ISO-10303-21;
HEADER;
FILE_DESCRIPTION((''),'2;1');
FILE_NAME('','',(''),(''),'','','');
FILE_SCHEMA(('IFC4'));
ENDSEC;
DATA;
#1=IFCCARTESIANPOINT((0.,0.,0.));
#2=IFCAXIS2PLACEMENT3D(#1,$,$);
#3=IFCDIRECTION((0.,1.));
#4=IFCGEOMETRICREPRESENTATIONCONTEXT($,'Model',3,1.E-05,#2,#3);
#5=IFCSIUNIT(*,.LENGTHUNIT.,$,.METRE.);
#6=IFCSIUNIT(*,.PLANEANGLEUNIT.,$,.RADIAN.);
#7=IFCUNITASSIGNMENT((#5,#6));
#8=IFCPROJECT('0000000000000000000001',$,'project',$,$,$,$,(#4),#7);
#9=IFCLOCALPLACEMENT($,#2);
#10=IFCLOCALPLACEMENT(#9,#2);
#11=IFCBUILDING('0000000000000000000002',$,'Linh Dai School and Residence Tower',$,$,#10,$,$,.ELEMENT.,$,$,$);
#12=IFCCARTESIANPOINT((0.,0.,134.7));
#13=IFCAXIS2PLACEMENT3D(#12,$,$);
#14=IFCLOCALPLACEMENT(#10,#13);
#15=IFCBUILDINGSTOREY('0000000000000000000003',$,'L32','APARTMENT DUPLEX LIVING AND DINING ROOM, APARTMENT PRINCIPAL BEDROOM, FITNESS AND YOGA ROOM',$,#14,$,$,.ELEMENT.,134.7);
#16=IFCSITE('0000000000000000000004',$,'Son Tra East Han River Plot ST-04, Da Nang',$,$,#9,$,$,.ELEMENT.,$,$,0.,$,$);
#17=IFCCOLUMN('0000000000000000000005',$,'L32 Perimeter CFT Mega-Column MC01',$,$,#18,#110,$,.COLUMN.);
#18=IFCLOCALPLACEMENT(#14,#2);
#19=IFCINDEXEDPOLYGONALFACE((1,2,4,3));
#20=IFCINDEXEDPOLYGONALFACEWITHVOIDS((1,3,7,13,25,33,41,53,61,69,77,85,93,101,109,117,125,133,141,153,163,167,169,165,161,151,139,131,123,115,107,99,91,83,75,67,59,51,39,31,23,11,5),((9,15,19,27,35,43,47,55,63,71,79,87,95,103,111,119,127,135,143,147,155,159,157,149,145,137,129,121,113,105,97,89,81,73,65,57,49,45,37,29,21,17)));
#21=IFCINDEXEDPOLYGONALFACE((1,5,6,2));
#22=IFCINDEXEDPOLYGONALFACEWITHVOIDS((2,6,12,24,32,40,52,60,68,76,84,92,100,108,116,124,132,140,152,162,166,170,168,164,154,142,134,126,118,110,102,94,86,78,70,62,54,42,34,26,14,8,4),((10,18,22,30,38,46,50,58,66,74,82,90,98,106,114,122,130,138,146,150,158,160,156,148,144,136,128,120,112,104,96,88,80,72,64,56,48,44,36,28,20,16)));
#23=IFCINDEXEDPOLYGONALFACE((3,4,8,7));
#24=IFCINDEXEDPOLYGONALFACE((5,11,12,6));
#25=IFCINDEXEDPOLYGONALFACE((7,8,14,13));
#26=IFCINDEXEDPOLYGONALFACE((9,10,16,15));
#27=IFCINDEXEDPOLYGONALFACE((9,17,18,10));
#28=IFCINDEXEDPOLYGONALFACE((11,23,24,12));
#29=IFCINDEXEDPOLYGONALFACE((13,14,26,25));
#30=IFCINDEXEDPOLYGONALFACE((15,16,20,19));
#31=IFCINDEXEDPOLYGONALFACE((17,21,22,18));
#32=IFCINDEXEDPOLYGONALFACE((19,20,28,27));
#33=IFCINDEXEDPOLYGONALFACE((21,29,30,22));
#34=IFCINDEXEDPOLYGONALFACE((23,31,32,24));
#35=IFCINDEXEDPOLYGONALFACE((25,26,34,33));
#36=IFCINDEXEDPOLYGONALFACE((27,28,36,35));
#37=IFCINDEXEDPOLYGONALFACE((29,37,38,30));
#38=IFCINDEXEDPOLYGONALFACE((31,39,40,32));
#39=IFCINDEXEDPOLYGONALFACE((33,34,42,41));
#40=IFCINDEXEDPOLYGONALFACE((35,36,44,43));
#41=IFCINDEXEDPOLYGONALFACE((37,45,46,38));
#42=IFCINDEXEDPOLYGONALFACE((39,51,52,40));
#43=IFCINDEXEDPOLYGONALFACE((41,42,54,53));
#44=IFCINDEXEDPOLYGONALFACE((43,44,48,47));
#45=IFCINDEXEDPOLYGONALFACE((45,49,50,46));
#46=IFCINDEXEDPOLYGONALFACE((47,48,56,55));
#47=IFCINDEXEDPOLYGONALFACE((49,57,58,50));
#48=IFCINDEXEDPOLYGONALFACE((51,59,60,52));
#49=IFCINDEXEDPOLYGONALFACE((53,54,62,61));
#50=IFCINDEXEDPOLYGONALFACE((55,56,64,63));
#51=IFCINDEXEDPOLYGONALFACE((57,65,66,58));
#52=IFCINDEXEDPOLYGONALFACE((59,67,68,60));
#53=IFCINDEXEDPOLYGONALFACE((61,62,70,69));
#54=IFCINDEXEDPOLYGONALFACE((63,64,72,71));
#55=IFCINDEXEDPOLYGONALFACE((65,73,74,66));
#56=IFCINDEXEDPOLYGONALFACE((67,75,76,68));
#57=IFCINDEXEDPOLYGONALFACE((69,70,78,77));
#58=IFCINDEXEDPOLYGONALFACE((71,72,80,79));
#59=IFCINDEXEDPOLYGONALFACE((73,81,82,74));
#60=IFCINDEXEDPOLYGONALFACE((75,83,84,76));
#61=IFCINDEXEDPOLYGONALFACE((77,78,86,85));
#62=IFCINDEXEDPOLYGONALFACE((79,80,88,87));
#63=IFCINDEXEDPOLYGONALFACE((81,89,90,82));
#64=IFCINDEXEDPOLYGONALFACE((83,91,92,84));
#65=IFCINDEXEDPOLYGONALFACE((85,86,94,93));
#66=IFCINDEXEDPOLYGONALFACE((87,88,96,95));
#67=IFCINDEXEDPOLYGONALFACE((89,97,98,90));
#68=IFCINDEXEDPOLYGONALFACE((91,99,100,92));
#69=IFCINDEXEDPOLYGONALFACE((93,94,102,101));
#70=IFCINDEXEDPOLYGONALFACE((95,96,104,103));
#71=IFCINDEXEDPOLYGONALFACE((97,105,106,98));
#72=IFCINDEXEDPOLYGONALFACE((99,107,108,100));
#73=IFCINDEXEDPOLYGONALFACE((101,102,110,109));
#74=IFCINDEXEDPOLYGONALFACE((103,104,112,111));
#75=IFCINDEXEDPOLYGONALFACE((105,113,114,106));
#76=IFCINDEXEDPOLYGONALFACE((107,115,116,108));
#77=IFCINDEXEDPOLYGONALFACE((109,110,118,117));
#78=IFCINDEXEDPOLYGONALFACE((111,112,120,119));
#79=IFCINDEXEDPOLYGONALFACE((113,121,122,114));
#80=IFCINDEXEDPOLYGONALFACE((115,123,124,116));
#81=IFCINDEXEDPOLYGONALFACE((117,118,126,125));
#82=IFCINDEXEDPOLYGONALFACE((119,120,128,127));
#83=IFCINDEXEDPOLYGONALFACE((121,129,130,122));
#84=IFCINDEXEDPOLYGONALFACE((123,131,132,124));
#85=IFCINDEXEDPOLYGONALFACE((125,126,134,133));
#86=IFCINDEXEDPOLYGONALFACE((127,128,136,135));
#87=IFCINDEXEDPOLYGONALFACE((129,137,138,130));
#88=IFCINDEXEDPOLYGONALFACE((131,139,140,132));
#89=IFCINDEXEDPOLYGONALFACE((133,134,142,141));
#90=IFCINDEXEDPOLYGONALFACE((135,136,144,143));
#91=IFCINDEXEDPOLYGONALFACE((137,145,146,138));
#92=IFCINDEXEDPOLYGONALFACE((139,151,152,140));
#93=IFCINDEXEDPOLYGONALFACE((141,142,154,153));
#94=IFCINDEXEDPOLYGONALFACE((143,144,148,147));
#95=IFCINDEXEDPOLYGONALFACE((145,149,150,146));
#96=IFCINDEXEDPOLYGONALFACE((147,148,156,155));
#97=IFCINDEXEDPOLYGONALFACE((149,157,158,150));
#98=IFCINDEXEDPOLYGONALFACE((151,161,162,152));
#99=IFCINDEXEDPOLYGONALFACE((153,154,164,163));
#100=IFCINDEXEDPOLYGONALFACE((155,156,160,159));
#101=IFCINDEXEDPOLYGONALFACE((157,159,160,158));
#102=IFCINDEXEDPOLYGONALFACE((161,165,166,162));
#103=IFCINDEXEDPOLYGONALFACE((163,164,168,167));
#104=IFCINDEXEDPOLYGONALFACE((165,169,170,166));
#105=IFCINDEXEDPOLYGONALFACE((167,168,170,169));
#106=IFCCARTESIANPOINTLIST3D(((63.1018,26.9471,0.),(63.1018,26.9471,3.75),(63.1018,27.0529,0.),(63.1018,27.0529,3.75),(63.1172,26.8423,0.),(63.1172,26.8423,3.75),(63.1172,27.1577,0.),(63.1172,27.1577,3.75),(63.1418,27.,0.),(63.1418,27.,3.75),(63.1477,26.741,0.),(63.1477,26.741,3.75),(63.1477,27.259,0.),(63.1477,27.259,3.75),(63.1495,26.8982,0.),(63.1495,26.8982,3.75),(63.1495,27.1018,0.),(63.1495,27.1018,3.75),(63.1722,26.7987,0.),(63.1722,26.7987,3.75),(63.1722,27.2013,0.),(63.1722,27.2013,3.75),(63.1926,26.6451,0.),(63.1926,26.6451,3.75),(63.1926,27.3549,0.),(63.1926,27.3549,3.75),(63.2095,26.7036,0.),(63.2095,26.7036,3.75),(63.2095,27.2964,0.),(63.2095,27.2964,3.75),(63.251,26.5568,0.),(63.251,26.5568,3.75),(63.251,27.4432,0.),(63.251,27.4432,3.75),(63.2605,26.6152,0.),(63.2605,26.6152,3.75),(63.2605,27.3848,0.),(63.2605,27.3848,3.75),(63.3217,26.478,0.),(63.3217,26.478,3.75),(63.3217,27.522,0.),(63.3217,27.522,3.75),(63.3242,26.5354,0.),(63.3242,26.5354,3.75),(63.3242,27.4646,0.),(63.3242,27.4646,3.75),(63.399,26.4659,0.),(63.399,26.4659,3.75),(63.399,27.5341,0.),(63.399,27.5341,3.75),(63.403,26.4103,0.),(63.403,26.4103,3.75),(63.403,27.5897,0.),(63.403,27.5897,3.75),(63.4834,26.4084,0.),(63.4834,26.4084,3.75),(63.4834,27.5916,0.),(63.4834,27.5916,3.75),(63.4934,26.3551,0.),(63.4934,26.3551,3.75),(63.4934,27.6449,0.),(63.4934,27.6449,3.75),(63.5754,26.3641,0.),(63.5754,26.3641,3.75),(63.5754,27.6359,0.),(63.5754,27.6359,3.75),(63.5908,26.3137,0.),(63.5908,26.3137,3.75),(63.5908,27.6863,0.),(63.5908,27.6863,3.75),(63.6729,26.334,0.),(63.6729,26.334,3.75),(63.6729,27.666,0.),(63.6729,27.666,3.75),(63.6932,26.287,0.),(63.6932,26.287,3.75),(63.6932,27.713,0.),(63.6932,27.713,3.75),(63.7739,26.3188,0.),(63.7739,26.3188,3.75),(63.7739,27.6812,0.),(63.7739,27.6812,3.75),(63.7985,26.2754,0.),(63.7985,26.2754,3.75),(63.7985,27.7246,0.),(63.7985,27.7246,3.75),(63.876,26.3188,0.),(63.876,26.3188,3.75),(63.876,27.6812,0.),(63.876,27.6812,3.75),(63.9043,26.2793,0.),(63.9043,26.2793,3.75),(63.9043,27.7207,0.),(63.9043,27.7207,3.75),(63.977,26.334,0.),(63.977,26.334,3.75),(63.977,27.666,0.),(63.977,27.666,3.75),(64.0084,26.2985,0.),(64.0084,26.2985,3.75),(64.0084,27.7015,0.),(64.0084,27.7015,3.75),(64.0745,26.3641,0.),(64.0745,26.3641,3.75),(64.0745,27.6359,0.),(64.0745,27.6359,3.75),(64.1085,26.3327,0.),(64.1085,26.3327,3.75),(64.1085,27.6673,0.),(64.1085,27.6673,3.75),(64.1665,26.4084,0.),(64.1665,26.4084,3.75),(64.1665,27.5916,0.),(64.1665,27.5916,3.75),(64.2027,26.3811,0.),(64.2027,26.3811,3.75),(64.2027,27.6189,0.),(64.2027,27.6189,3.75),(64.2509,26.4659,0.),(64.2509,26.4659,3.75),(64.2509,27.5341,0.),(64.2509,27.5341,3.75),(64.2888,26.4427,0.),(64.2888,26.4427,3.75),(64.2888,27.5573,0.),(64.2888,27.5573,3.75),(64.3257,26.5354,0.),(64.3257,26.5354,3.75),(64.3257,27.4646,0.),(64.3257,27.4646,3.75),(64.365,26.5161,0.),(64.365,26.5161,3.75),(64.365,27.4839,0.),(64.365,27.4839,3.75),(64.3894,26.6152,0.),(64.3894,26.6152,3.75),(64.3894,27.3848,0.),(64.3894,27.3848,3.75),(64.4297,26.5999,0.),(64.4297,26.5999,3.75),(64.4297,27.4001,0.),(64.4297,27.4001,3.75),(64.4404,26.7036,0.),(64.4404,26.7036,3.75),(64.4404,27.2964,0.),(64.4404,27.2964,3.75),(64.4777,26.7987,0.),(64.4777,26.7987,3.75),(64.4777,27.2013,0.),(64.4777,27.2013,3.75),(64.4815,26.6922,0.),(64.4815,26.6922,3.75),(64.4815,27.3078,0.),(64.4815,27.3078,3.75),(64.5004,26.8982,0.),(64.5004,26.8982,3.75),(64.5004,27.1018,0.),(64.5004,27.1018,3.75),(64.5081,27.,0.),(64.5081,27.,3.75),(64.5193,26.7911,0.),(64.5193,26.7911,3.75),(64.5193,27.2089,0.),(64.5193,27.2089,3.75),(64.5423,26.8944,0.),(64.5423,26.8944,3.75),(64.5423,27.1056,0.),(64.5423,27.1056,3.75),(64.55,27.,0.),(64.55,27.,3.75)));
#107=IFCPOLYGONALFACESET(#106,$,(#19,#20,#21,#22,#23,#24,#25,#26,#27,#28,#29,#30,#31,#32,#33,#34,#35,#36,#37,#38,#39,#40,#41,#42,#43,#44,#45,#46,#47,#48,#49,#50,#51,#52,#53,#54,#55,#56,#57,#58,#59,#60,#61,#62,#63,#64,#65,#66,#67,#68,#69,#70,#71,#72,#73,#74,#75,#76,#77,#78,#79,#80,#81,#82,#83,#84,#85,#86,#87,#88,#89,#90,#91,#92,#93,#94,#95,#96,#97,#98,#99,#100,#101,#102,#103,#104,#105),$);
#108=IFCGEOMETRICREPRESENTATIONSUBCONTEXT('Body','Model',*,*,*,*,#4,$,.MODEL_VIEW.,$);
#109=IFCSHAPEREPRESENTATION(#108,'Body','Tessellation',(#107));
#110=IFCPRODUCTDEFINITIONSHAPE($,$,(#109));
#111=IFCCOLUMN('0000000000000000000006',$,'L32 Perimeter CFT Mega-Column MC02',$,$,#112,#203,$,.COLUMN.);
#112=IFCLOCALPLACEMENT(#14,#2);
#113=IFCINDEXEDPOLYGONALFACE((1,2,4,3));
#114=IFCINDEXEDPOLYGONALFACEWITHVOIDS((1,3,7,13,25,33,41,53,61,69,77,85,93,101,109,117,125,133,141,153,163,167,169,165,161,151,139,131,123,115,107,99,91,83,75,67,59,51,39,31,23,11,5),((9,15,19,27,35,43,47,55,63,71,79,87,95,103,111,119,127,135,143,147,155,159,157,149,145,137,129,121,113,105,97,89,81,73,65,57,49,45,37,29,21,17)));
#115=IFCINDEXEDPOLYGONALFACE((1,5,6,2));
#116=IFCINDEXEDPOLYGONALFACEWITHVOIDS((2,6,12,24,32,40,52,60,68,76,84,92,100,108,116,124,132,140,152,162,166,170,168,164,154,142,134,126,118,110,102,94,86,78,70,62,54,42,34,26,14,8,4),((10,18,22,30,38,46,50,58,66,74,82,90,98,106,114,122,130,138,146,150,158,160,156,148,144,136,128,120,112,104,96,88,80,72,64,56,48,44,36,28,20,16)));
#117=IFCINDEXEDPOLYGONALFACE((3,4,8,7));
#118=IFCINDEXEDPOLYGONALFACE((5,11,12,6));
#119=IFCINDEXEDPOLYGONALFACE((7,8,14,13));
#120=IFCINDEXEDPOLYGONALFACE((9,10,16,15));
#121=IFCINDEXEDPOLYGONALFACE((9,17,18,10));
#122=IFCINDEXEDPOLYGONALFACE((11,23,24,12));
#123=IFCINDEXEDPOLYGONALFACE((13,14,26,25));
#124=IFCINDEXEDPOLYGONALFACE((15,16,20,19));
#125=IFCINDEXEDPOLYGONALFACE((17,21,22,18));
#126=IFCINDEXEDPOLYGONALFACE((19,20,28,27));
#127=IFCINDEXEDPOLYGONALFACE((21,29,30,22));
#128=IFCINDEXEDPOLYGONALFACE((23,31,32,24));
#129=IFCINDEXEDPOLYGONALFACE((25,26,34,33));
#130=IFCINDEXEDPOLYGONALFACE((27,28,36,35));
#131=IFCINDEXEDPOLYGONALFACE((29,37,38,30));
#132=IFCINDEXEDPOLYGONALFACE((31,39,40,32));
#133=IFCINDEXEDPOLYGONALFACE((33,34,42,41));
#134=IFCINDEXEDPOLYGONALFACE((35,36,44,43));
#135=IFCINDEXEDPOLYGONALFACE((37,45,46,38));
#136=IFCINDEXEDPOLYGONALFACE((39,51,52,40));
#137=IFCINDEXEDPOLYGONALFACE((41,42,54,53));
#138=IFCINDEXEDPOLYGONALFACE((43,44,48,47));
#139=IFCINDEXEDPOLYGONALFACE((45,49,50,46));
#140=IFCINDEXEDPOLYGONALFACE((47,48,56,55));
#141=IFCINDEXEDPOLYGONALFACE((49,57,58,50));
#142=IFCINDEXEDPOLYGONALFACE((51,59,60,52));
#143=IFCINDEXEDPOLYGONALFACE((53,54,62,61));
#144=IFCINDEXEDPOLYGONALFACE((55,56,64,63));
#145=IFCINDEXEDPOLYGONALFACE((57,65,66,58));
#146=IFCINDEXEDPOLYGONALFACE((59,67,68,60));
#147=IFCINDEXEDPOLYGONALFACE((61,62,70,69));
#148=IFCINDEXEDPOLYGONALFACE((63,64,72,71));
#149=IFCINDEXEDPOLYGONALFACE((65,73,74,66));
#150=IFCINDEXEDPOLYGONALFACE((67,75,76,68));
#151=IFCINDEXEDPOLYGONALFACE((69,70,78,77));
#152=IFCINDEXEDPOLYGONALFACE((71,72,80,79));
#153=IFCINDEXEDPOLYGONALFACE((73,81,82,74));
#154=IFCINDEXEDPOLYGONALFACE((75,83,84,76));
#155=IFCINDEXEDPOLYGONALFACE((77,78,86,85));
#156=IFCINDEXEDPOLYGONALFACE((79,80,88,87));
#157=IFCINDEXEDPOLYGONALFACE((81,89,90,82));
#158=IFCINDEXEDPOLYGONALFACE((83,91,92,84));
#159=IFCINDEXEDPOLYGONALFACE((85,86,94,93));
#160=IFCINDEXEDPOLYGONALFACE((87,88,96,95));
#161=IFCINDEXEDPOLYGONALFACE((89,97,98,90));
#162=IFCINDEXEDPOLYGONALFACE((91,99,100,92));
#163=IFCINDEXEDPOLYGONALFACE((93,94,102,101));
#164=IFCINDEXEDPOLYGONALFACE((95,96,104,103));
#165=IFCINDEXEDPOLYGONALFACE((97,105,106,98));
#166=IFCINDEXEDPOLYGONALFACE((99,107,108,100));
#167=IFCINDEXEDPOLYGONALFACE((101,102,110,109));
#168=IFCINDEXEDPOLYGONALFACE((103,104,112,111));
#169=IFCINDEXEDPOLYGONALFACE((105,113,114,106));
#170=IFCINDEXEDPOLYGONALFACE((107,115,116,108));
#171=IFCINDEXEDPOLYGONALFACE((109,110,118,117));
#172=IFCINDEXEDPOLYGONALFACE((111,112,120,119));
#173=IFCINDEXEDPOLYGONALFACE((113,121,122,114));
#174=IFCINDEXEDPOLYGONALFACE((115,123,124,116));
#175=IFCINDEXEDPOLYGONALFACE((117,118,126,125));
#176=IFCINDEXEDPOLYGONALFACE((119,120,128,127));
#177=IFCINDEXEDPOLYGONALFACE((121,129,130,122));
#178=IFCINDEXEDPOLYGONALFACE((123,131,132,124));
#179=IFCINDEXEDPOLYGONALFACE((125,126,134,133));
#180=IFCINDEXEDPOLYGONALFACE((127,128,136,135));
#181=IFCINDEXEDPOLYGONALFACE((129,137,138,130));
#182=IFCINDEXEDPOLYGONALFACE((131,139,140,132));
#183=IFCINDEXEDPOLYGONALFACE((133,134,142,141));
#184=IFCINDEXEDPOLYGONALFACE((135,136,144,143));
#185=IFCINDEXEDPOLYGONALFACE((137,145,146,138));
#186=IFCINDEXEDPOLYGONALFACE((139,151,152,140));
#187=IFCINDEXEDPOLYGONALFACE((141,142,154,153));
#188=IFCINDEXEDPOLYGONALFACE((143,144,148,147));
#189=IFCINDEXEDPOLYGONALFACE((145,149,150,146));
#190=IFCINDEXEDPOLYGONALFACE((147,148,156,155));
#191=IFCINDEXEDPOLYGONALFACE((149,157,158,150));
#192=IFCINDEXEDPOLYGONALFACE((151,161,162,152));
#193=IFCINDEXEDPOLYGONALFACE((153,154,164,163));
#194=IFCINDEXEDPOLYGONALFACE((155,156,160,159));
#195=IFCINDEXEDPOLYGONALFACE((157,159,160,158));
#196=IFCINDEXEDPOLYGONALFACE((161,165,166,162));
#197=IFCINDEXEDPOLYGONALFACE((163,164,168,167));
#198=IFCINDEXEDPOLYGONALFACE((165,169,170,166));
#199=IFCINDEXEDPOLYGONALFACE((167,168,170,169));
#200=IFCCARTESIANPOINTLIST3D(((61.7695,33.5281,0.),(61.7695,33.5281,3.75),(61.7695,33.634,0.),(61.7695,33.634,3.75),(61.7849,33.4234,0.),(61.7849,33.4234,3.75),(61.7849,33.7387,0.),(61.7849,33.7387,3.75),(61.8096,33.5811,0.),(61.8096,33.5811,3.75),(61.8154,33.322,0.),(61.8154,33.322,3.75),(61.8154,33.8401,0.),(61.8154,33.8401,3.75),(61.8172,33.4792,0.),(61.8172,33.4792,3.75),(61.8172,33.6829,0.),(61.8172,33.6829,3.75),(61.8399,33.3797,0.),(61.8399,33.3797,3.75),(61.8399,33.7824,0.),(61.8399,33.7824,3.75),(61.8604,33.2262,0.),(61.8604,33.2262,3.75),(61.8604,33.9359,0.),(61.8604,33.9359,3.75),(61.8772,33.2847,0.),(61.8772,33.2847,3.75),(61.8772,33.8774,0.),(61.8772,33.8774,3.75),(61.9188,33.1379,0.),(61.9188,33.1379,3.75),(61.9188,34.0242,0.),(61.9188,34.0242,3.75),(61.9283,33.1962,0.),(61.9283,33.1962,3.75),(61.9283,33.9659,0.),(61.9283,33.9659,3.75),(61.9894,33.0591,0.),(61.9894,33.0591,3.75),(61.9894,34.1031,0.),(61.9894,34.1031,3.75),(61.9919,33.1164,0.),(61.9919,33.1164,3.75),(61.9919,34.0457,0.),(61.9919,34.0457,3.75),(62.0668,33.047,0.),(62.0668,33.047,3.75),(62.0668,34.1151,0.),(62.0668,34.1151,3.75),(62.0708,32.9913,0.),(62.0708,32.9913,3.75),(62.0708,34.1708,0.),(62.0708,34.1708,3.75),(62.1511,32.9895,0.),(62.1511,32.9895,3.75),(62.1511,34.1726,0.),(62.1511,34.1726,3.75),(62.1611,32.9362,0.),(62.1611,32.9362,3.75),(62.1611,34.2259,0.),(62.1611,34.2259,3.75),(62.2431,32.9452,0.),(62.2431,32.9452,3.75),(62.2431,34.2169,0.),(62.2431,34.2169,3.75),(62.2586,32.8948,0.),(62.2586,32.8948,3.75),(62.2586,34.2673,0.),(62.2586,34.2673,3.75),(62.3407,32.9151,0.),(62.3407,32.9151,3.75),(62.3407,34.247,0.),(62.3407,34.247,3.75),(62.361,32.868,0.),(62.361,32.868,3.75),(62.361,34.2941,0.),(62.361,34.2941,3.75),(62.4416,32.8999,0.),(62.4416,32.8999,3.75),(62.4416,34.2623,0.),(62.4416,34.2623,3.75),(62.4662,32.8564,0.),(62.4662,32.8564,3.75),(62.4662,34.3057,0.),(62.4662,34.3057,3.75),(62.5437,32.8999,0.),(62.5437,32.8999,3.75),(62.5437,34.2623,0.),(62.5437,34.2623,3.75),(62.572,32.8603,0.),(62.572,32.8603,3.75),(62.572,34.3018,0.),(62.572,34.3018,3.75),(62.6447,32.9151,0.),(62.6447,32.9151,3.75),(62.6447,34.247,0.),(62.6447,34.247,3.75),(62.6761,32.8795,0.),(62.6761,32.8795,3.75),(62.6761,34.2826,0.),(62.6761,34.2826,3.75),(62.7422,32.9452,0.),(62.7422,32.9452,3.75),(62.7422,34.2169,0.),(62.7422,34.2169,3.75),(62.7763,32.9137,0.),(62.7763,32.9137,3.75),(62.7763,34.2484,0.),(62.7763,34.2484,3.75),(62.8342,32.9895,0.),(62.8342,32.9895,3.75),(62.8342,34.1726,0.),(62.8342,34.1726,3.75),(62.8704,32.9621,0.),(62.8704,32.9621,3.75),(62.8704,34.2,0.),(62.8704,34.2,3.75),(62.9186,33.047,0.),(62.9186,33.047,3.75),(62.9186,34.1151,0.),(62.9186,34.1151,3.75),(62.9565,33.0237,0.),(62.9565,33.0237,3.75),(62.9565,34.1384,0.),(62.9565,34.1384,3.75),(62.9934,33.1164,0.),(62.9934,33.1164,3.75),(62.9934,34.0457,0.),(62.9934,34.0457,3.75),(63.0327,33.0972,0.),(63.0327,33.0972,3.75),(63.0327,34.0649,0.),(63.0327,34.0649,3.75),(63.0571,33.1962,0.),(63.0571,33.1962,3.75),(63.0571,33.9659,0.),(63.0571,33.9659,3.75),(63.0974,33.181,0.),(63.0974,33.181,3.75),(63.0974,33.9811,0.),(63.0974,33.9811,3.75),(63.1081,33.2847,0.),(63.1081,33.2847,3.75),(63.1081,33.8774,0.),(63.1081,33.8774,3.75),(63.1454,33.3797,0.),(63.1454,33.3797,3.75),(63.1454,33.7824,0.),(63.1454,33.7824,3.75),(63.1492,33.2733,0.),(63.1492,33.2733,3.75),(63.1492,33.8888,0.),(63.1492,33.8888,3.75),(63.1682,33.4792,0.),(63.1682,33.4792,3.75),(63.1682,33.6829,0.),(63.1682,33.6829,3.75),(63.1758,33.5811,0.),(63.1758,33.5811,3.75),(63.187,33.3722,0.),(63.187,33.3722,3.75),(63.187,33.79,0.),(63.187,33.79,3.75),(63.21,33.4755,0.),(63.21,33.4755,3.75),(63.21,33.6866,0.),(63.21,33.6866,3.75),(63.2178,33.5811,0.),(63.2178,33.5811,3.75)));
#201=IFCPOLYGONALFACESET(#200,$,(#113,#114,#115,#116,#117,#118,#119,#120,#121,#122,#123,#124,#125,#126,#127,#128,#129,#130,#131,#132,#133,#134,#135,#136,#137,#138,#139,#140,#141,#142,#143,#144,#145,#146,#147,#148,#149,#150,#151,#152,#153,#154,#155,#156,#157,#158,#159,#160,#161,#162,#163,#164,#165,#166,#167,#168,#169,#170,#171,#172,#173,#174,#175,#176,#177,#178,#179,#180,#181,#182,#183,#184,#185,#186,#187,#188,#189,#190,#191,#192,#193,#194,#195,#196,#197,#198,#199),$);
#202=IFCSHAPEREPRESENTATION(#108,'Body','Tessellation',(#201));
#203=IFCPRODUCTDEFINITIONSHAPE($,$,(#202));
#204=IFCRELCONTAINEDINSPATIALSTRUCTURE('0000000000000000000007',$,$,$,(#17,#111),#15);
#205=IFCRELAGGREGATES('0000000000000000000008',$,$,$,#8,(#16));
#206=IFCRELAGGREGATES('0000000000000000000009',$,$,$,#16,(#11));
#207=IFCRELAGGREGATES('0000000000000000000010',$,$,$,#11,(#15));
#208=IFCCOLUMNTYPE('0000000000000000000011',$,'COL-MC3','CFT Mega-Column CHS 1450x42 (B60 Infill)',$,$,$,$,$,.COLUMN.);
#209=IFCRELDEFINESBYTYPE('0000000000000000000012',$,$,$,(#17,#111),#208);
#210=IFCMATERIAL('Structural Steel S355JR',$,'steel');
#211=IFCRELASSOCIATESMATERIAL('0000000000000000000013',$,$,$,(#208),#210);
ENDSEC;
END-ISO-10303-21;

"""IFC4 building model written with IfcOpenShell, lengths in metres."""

from ifc_helpers import new_model, si_unit, direction, frame, origin, origin_2d, place, context, subcontext, project, spatial, hollow_circle, extrude, material, material_profile, profile_set, type_object, element, save


model = new_model("IFC4")

# Units and contexts
model_context = context("Model", 3, precision=1e-05, world=origin(), true_north=direction((0.0, 1.0)))
body_context = subcontext(model_context, "Body", "Model", "MODEL_VIEW")
ifc_project = project(units=[si_unit("LENGTHUNIT", "METRE"), si_unit("PLANEANGLEUNIT", "RADIAN")], contexts=[model_context])

# Site, building, storey
site_placement = place(None, origin())
site = spatial("IfcSite", under=ifc_project, at=site_placement, Name="Son Tra East Han River Plot ST-04, Da Nang", CompositionType="ELEMENT", RefElevation=0.0)
building_placement = place(site_placement, origin())
building = spatial("IfcBuilding", under=site, at=building_placement, Name="Linh Dai School and Residence Tower", CompositionType="ELEMENT")
storey_placement = place(building_placement, frame((0.0, 0.0, 134.7)))
storey = spatial("IfcBuildingStorey", under=building, at=storey_placement, Name="L32", Description="APARTMENT DUPLEX LIVING AND DINING ROOM, APARTMENT PRINCIPAL BEDROOM, FITNESS AND YOGA ROOM", CompositionType="ELEMENT", Elevation=134.7)

# Columns
ifc_material_1 = material(Name="Structural Steel S355JR", Category="steel")
ifc_material_profile_1 = material_profile(ifc_material_1, hollow_circle(Radius=0.7251, WallThickness=0.042, at=origin_2d()), Name="CHS 1450x42")
ifc_profile_set_1 = profile_set([ifc_material_profile_1], Name="Structural Steel S355JR")
column_type = type_object("IfcColumnType", Name="COL-MC3", Description="CFT Mega-Column CHS 1450x42 (B60 Infill)", PredefinedType="COLUMN", material=ifc_profile_set_1)
for number, where, z_axis, x_axis, name in (
    (1, (63.825, 27.0, 0.0), (0.0, 0.0, 1.0), (1.0, 0.0, 0.0), "L32 Perimeter CFT Mega-Column MC01"),
    (2, (62.4927, 33.5811, 0.0), (0.0, 0.0, 1.0), (1.0, 0.0, 0.0), "L32 Perimeter CFT Mega-Column MC02"),
):
    element("IfcColumn", number, at=place(storey_placement, frame(where, z_axis=z_axis, x_axis=x_axis)), inside=storey, type_object=column_type, Name=name, PredefinedType="COLUMN", context=body_context, shape_type="SweptSolid", body=[
        extrude(hollow_circle(Radius=0.7251, WallThickness=0.042, at=origin_2d()), origin(), (0.0, 0.0, 1.0), 3.75),
    ])

save(model, "model.ifc")
